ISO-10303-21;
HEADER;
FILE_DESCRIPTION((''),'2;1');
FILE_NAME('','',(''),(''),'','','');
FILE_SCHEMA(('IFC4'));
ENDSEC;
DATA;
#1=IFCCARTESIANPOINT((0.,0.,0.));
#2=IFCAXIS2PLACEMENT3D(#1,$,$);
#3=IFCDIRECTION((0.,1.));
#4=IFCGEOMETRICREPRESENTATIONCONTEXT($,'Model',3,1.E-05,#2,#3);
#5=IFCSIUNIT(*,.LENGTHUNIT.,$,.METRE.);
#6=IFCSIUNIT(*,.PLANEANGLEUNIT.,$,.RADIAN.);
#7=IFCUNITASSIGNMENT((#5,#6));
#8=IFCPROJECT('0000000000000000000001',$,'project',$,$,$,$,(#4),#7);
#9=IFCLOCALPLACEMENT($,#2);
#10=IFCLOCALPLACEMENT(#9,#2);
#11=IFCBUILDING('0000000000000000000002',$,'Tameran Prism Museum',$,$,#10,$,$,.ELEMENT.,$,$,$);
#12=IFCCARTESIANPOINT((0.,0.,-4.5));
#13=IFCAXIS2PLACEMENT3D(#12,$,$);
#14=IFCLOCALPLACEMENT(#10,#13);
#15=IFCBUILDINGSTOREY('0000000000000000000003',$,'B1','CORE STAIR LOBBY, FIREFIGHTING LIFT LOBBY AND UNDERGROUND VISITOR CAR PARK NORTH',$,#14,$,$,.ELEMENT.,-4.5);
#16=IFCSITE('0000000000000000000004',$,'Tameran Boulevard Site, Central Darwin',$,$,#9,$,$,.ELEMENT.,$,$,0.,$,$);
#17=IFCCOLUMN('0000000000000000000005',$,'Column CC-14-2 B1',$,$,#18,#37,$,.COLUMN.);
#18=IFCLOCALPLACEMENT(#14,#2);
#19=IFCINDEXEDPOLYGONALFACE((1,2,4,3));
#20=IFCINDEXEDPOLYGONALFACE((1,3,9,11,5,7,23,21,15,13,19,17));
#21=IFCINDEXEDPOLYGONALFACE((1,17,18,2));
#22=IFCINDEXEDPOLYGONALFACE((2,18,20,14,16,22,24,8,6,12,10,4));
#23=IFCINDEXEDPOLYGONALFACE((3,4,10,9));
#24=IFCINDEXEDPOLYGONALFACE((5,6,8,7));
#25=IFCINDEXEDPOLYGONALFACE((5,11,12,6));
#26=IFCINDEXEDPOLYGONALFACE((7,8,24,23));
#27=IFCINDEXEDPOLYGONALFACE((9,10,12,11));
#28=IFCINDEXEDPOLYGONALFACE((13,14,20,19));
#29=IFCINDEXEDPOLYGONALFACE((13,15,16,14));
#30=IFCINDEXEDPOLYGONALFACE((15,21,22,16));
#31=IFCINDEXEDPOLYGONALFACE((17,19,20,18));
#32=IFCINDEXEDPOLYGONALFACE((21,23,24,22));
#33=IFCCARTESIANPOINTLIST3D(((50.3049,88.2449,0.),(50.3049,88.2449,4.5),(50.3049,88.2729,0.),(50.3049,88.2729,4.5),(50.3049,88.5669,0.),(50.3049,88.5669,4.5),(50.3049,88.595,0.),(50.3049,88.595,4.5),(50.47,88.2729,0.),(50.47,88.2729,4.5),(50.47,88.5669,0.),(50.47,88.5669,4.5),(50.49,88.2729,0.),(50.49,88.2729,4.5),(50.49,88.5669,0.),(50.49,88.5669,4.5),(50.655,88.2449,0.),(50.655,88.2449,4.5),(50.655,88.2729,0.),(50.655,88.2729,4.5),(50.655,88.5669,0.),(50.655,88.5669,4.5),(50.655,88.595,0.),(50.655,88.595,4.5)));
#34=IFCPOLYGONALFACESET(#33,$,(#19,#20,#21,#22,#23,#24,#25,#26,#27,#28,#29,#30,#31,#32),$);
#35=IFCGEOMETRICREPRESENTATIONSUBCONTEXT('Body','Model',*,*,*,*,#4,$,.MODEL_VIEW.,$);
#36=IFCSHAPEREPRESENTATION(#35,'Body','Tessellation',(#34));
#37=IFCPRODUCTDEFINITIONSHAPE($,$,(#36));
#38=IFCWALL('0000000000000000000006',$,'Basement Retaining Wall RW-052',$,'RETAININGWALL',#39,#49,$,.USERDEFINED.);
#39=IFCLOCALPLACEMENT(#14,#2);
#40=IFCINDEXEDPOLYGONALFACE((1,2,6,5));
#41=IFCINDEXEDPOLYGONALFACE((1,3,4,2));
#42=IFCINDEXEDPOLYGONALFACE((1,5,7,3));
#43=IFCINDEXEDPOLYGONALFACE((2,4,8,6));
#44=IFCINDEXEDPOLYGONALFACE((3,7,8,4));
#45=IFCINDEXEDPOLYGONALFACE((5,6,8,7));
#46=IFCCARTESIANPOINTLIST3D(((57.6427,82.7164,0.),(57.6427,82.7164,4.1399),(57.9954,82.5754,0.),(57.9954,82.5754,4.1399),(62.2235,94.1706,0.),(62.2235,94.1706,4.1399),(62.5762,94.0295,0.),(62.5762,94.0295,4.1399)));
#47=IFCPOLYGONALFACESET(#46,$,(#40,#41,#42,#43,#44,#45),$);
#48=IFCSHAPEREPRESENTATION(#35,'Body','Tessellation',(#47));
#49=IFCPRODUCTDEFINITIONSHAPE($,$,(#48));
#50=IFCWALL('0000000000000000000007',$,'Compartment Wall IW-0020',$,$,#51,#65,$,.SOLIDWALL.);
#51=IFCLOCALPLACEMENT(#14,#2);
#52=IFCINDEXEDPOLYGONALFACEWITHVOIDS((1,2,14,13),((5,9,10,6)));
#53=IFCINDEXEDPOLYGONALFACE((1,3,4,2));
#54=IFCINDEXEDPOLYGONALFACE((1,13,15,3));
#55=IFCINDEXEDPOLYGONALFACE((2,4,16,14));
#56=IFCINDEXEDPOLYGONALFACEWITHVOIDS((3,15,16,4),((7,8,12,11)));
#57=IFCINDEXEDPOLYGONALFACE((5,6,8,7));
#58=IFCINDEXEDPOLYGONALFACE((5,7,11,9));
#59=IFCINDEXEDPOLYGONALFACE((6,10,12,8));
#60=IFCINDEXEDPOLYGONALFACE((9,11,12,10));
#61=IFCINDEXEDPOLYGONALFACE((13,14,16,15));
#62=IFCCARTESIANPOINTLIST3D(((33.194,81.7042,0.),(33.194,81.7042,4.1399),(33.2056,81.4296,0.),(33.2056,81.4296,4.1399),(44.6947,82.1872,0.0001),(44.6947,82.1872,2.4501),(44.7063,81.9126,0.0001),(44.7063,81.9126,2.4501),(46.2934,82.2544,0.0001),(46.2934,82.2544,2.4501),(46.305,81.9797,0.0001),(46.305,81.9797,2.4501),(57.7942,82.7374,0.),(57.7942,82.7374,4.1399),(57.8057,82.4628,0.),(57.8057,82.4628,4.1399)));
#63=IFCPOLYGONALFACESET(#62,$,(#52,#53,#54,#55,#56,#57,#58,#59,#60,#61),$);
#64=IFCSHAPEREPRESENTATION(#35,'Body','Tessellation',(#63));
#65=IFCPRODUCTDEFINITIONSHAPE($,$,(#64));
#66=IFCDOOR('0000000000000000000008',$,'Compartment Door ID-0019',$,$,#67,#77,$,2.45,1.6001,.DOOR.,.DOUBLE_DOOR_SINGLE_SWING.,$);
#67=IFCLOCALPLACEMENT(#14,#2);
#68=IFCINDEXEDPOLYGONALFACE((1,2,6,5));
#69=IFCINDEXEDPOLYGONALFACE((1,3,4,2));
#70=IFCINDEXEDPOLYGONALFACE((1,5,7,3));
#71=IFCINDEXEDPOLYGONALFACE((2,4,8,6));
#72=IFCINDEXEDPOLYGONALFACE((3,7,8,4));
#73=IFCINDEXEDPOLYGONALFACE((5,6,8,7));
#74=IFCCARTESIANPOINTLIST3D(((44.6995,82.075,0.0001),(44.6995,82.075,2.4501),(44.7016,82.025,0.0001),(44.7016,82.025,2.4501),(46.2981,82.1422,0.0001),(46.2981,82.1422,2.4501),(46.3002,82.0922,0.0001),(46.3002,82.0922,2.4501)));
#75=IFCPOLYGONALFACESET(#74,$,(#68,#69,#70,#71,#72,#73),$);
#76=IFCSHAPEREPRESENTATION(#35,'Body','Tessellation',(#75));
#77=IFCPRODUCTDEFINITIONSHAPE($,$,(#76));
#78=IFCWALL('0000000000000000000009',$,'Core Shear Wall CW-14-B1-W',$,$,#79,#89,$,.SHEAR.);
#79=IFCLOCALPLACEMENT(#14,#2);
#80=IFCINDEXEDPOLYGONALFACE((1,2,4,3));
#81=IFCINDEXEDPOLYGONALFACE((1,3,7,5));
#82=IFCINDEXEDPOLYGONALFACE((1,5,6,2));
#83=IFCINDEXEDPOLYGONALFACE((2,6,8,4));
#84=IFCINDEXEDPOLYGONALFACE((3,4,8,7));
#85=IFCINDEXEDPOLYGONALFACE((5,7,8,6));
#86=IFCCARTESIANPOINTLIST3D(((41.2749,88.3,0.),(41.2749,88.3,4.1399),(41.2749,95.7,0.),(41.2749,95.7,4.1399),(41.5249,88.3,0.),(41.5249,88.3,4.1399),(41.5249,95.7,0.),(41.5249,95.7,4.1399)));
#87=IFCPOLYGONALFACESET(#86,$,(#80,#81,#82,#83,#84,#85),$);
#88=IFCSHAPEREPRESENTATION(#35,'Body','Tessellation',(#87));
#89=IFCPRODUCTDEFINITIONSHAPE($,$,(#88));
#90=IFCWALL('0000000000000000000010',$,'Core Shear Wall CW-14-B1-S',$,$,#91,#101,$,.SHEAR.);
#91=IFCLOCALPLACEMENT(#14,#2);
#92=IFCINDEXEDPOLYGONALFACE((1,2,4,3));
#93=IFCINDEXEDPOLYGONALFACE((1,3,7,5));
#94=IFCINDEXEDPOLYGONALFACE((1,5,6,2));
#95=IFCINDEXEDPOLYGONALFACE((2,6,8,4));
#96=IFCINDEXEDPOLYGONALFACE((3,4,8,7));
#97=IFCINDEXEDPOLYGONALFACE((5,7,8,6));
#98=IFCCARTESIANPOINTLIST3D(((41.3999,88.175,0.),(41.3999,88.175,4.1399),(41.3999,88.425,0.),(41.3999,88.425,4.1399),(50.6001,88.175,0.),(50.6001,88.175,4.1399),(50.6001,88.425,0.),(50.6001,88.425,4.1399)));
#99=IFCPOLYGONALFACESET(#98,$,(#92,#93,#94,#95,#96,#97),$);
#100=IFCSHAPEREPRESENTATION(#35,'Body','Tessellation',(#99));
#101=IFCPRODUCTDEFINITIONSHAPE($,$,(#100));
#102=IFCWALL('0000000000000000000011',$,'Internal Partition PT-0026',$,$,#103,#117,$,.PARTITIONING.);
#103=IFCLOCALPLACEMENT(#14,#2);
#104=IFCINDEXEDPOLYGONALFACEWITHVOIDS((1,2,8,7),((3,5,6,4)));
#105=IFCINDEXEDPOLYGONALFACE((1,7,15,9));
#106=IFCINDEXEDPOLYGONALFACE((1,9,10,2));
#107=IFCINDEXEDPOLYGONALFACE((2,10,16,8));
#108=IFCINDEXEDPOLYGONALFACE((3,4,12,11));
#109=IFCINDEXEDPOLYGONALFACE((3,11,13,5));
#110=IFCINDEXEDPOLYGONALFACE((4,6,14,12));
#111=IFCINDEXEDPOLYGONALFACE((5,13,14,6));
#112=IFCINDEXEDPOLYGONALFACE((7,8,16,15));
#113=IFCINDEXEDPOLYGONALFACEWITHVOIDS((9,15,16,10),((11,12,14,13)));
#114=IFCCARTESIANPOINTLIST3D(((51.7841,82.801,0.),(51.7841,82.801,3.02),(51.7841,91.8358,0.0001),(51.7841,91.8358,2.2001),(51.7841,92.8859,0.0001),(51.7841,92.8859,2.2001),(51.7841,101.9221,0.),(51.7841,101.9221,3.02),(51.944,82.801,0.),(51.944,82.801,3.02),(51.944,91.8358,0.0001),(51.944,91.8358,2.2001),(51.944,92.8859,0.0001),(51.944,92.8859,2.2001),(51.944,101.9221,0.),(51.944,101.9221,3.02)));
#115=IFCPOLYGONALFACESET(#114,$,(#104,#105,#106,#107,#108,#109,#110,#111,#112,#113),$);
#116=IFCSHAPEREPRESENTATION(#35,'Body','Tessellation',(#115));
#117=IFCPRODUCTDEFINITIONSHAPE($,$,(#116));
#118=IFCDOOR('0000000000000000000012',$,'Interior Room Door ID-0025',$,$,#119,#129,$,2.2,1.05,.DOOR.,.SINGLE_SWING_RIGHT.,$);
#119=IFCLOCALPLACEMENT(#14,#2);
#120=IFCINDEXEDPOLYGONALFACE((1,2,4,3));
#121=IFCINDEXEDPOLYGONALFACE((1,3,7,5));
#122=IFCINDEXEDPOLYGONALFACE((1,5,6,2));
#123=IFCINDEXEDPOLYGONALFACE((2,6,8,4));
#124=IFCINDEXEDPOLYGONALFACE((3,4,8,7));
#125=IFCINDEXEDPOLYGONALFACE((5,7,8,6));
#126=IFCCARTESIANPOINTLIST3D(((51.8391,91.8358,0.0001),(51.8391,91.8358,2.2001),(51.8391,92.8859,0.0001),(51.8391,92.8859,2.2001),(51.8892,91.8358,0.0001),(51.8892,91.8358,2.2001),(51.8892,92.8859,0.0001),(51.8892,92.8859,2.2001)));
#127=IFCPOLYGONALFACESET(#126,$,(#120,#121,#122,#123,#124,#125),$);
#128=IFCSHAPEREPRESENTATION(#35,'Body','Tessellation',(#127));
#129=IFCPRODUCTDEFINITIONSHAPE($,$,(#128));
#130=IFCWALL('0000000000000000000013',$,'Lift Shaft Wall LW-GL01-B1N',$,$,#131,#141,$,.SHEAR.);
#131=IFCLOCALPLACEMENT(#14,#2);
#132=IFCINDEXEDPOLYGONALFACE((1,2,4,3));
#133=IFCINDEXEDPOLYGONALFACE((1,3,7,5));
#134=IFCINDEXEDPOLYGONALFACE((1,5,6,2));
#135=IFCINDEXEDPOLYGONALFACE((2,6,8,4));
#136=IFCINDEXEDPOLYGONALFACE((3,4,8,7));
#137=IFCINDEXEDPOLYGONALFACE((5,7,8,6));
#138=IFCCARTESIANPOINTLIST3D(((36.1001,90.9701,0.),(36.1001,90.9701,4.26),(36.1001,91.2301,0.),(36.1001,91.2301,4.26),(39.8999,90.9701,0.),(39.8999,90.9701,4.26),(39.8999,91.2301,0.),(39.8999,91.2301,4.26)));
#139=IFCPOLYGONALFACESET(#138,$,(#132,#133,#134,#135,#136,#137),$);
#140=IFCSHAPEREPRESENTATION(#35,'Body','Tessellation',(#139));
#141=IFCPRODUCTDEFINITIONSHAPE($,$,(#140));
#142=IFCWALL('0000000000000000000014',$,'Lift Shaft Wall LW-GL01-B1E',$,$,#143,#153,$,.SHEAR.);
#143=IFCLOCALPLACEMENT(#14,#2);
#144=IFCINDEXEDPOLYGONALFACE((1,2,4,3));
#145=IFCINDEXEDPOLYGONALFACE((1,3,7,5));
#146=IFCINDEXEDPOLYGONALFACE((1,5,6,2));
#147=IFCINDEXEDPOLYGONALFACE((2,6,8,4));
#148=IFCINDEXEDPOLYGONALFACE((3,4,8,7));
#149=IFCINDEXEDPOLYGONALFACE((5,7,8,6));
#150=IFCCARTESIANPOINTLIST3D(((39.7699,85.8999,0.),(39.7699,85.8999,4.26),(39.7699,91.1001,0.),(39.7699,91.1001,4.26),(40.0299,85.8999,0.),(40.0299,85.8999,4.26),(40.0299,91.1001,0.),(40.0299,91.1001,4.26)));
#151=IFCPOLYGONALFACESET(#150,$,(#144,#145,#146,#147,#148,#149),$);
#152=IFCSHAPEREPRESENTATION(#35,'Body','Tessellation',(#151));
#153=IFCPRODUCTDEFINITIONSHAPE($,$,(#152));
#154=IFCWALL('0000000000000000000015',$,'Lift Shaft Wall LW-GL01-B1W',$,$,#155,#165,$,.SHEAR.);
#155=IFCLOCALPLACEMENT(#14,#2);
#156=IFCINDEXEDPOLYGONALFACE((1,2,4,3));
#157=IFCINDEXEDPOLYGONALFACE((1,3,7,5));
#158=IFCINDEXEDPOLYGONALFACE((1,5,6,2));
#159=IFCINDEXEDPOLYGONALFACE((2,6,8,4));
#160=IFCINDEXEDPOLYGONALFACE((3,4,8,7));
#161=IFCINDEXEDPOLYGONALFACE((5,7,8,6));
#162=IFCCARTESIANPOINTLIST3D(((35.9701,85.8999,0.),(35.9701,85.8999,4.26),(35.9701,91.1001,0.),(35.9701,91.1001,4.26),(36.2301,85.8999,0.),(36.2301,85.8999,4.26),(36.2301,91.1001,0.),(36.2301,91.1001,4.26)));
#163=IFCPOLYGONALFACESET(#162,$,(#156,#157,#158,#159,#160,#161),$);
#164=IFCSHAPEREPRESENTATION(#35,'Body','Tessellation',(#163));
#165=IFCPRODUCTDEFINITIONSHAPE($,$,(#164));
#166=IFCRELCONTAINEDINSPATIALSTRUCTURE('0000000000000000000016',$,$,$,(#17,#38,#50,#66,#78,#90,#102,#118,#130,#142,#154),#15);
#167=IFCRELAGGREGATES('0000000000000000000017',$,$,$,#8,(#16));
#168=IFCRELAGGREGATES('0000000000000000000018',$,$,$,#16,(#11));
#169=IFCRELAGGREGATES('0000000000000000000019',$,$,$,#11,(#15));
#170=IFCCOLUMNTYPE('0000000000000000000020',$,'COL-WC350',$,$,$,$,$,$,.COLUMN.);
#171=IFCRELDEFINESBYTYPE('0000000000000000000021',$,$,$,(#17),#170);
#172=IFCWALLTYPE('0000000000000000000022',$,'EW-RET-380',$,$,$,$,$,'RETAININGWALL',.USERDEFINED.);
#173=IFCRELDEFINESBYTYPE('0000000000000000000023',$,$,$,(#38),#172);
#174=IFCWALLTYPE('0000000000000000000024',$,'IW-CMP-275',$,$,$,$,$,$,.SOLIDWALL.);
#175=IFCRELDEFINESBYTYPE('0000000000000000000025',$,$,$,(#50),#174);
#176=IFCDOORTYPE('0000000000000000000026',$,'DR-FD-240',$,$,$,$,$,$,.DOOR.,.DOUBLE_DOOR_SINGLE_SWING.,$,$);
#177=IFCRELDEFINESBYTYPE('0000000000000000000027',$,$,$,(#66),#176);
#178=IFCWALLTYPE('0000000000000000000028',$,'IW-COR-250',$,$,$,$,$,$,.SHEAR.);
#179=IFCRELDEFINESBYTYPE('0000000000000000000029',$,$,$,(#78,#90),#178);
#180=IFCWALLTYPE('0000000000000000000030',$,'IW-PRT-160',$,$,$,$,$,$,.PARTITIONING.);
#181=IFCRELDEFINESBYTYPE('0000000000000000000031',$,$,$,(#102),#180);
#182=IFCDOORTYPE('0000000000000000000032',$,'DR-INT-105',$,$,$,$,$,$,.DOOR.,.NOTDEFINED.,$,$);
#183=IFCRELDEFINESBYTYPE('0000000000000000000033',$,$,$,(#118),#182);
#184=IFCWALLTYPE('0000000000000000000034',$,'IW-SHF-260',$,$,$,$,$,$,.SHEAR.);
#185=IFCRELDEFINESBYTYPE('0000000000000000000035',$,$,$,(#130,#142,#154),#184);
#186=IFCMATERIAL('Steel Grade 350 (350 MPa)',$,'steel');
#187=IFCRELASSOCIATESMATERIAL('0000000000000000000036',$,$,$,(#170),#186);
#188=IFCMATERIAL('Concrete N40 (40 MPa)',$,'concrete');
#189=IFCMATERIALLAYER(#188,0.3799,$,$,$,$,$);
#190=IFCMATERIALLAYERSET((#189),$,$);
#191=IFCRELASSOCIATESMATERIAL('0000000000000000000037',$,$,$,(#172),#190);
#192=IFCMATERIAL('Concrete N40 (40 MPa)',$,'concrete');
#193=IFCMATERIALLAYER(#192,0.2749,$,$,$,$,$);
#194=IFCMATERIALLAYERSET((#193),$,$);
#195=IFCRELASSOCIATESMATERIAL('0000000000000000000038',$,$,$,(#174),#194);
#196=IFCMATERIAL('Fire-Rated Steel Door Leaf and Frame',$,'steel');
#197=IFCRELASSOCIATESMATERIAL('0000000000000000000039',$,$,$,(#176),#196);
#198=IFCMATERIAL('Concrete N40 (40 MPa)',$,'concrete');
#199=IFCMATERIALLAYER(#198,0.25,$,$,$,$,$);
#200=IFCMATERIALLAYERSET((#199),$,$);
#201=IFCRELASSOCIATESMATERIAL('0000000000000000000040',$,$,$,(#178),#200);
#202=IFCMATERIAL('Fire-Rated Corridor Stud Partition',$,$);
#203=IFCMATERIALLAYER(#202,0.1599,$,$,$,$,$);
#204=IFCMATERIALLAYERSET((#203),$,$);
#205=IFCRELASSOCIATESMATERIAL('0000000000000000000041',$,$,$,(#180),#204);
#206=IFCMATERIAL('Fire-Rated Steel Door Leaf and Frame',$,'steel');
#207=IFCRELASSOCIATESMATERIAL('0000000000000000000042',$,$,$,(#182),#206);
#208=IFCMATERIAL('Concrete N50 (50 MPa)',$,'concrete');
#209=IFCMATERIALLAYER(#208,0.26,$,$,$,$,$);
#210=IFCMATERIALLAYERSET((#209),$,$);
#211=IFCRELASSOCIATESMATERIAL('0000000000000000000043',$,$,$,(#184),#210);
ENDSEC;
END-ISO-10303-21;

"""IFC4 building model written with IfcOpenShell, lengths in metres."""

from ifc_helpers import new_model, si_unit, direction, frame, frame_2d, origin, origin_2d, place, context, subcontext, project, spatial, rectangle, i_section, extrude, material, layer, layer_set, material_profile, profile_set, type_object, element, fill, save


model = new_model("IFC4")

# Units and contexts
model_context = context("Model", 3, precision=1e-05, world=origin(), true_north=direction((0.0, 1.0)))
body_context = subcontext(model_context, "Body", "Model", "MODEL_VIEW")
ifc_project = project(units=[si_unit("LENGTHUNIT", "METRE"), si_unit("PLANEANGLEUNIT", "RADIAN")], contexts=[model_context])

# Site, building, storey
site_placement = place(None, origin())
site = spatial("IfcSite", under=ifc_project, at=site_placement, Name="Tameran Boulevard Site, Central Darwin", CompositionType="ELEMENT", RefElevation=0.0)
building_placement = place(site_placement, origin())
building = spatial("IfcBuilding", under=site, at=building_placement, Name="Tameran Prism Museum", CompositionType="ELEMENT")
storey_placement = place(building_placement, frame((0.0, 0.0, -4.5)))
storey = spatial("IfcBuildingStorey", under=building, at=storey_placement, Name="B1", Description="CORE STAIR LOBBY, FIREFIGHTING LIFT LOBBY AND UNDERGROUND VISITOR CAR PARK NORTH", CompositionType="ELEMENT", Elevation=-4.5)

# Column
ifc_material_1 = material(Name="Steel Grade 350 (350 MPa)", Category="steel")
ifc_material_profile_1 = material_profile(ifc_material_1, i_section(OverallWidth=0.3501, OverallDepth=0.3501, WebThickness=0.02, FlangeThickness=0.0281, at=origin_2d()))
ifc_profile_set_1 = profile_set([ifc_material_profile_1])
column_type_1 = type_object("IfcColumnType", Name="COL-WC350", PredefinedType="COLUMN", material=ifc_profile_set_1)
for number, where, z_axis, x_axis, name in (
    (1, (50.48, 88.4199, 0.0), (0.0, 0.0, 1.0), (1.0, 0.0, 0.0), "Column CC-14-2 B1"),
):
    element("IfcColumn", number, at=place(storey_placement, frame(where, z_axis=z_axis, x_axis=x_axis)), inside=storey, type_object=column_type_1, Name=name, PredefinedType="COLUMN", context=body_context, shape_type="SweptSolid", body=[
        extrude(i_section(OverallWidth=0.3501, OverallDepth=0.3501, WebThickness=0.02, FlangeThickness=0.0281, at=origin_2d()), origin(), (0.0, 0.0, 1.0), 4.5),
    ])

# Wall
ifc_material_2 = material(Name="Concrete N40 (40 MPa)", Category="concrete")
ifc_layer_1 = layer(ifc_material_2, 0.3799)
ifc_layer_set_1 = layer_set([ifc_layer_1])
wall_type_1 = type_object("IfcWallType", Name="EW-RET-380", ElementType="RETAININGWALL", PredefinedType="USERDEFINED", material=ifc_layer_set_1)
wall_1_placement = place(storey_placement, frame((57.8191, 82.646, 0.0), z_axis=(0.0, 0.0, 1.0), x_axis=(0.371333, 0.9285, 0.0)))
element("IfcWall", 2, at=wall_1_placement, inside=storey, type_object=wall_type_1, Name="Basement Retaining Wall RW-052", ObjectType="RETAININGWALL", PredefinedType="USERDEFINED", context=body_context, shape_type="SweptSolid", body=[
    extrude(rectangle(XDim=12.3362, YDim=0.3799, at=frame_2d((6.168, 0.0))), origin(), (0.0, 0.0, 1.0), 4.1399),
])

# Wall, opening, door
ifc_material_3 = material(Name="Concrete N40 (40 MPa)", Category="concrete")
ifc_layer_2 = layer(ifc_material_3, 0.2749)
ifc_layer_set_2 = layer_set([ifc_layer_2])
wall_type_2 = type_object("IfcWallType", Name="IW-CMP-275", PredefinedType="SOLIDWALL", material=ifc_layer_set_2)
wall_2_placement = place(storey_placement, frame((57.8, 82.6001, 0.0), z_axis=(0.0, 0.0, 1.0), x_axis=(-0.999119, -0.041963, 0.0)))
wall_2 = element("IfcWall", 3, at=wall_2_placement, inside=storey, type_object=wall_type_2, Name="Compartment Wall IW-0020", PredefinedType="SOLIDWALL", context=body_context, shape_type="SweptSolid", body=[
    extrude(rectangle(XDim=24.6218, YDim=0.2749, at=frame_2d((12.311, 0.0))), origin(), (0.0, 0.0, 1.0), 4.1399),
])
opening_1_placement = place(wall_2_placement, frame((11.511, 0.0, 0.0)))
opening_1 = element("IfcOpeningElement", 4, at=opening_1_placement, cuts=wall_2, PredefinedType="OPENING", context=body_context, shape_type="SweptSolid", body=[
    extrude(rectangle(XDim=1.6001, YDim=2.45, at=frame_2d((0.8, 1.2251))), frame((0.0, 0.1475, 0.0), z_axis=(0.0, -1.0, 0.0), x_axis=(1.0, 0.0, 0.0)), (0.0, 0.0, 1.0), 0.2949),
])
ifc_material_4 = material(Name="Fire-Rated Steel Door Leaf and Frame", Category="steel")
door_type_1 = type_object("IfcDoorType", Name="DR-FD-240", OperationType="DOUBLE_DOOR_SINGLE_SWING", PredefinedType="DOOR", material=ifc_material_4)
door_1_placement = place(opening_1_placement, origin())
door_1 = element("IfcDoor", 5, at=door_1_placement, inside=storey, type_object=door_type_1, Name="Compartment Door ID-0019", OperationType="DOUBLE_DOOR_SINGLE_SWING", OverallHeight=2.45, OverallWidth=1.6001, PredefinedType="DOOR", context=body_context, shape_type="SweptSolid", body=[
    extrude(rectangle(XDim=1.6001, YDim=2.45, at=frame_2d((0.8, 1.2251))), frame((0.0, 0.0249, 0.0), z_axis=(0.0, -1.0, 0.0), x_axis=(1.0, 0.0, 0.0)), (0.0, 0.0, 1.0), 0.05),
])
fill(opening_1, door_1)

# Walls
ifc_material_5 = material(Name="Concrete N40 (40 MPa)", Category="concrete")
ifc_layer_3 = layer(ifc_material_5, 0.25)
ifc_layer_set_3 = layer_set([ifc_layer_3])
wall_type_3 = type_object("IfcWallType", Name="IW-COR-250", PredefinedType="SHEAR", material=ifc_layer_set_3)
wall_3_placement = place(storey_placement, frame((41.3999, 88.3, 0.0), z_axis=(0.0, 0.0, 1.0), x_axis=(0.0, 1.0, 0.0)))
element("IfcWall", 6, at=wall_3_placement, inside=storey, type_object=wall_type_3, Name="Core Shear Wall CW-14-B1-W", PredefinedType="SHEAR", context=body_context, shape_type="SweptSolid", body=[
    extrude(rectangle(XDim=7.3999, YDim=0.25, at=frame_2d((3.7, 0.0))), origin(), (0.0, 0.0, 1.0), 4.1399),
])
wall_4_placement = place(storey_placement, frame((50.6001, 88.3, 0.0), z_axis=(0.0, 0.0, 1.0), x_axis=(-1.0, 0.0, 0.0)))
element("IfcWall", 7, at=wall_4_placement, inside=storey, type_object=wall_type_3, Name="Core Shear Wall CW-14-B1-S", PredefinedType="SHEAR", context=body_context, shape_type="SweptSolid", body=[
    extrude(rectangle(XDim=9.2002, YDim=0.25, at=frame_2d((4.6001, 0.0))), origin(), (0.0, 0.0, 1.0), 4.1399),
])

# Wall, opening, door
ifc_material_6 = material(Name="Fire-Rated Corridor Stud Partition")
ifc_layer_4 = layer(ifc_material_6, 0.1599)
ifc_layer_set_4 = layer_set([ifc_layer_4])
wall_type_4 = type_object("IfcWallType", Name="IW-PRT-160", PredefinedType="PARTITIONING", material=ifc_layer_set_4)
wall_5_placement = place(storey_placement, frame((51.864, 82.801, 0.0), z_axis=(0.0, 0.0, 1.0), x_axis=(0.0, 1.0, 0.0)))
wall_5 = element("IfcWall", 8, at=wall_5_placement, inside=storey, type_object=wall_type_4, Name="Internal Partition PT-0026", PredefinedType="PARTITIONING", context=body_context, shape_type="SweptSolid", body=[
    extrude(rectangle(XDim=19.1211, YDim=0.1599, at=frame_2d((9.5605, 0.0))), origin(), (0.0, 0.0, 1.0), 3.02),
])
opening_2_placement = place(wall_5_placement, frame((9.0349, 0.0, 0.0)))
opening_2 = element("IfcOpeningElement", 9, at=opening_2_placement, cuts=wall_5, PredefinedType="OPENING", context=body_context, shape_type="SweptSolid", body=[
    extrude(rectangle(XDim=1.05, YDim=2.2, at=frame_2d((0.5249, 1.1001))), frame((0.0, 0.0898, 0.0), z_axis=(0.0, -1.0, 0.0), x_axis=(1.0, 0.0, 0.0)), (0.0, 0.0, 1.0), 0.1799),
])
ifc_material_7 = material(Name="Fire-Rated Steel Door Leaf and Frame", Category="steel")
door_type_2 = type_object("IfcDoorType", Name="DR-INT-105", OperationType="NOTDEFINED", PredefinedType="DOOR", material=ifc_material_7)
door_2_placement = place(opening_2_placement, origin())
door_2 = element("IfcDoor", 10, at=door_2_placement, inside=storey, type_object=door_type_2, Name="Interior Room Door ID-0025", OperationType="SINGLE_SWING_RIGHT", OverallHeight=2.2, OverallWidth=1.05, PredefinedType="DOOR", context=body_context, shape_type="SweptSolid", body=[
    extrude(rectangle(XDim=1.05, YDim=2.2, at=frame_2d((0.5249, 1.1001))), frame((0.0, 0.0249, 0.0), z_axis=(0.0, -1.0, 0.0), x_axis=(1.0, 0.0, 0.0)), (0.0, 0.0, 1.0), 0.05),
])
fill(opening_2, door_2)

# Walls
ifc_material_8 = material(Name="Concrete N50 (50 MPa)", Category="concrete")
ifc_layer_5 = layer(ifc_material_8, 0.26)
ifc_layer_set_5 = layer_set([ifc_layer_5])
wall_type_5 = type_object("IfcWallType", Name="IW-SHF-260", PredefinedType="SHEAR", material=ifc_layer_set_5)
wall_6_placement = place(storey_placement, frame((36.1001, 91.1001, 0.0), z_axis=(0.0, 0.0, 1.0), x_axis=(1.0, 0.0, 0.0)))
element("IfcWall", 11, at=wall_6_placement, inside=storey, type_object=wall_type_5, Name="Lift Shaft Wall LW-GL01-B1N", PredefinedType="SHEAR", context=body_context, shape_type="SweptSolid", body=[
    extrude(rectangle(XDim=3.7998, YDim=0.26, at=frame_2d((1.8999, 0.0))), origin(), (0.0, 0.0, 1.0), 4.26),
])
for number, where, z_axis, x_axis, name in (
    (12, (39.8999, 91.1001, 0.0), (0.0, 0.0, 1.0), (0.0, -1.0, 0.0), "Lift Shaft Wall LW-GL01-B1E"),
    (13, (36.1001, 85.8999, 0.0), (0.0, 0.0, 1.0), (0.0, 1.0, 0.0), "Lift Shaft Wall LW-GL01-B1W"),
):
    element("IfcWall", number, at=place(storey_placement, frame(where, z_axis=z_axis, x_axis=x_axis)), inside=storey, type_object=wall_type_5, Name=name, PredefinedType="SHEAR", context=body_context, shape_type="SweptSolid", body=[
        extrude(rectangle(XDim=5.2002, YDim=0.26, at=frame_2d((2.6001, 0.0))), origin(), (0.0, 0.0, 1.0), 4.26),
    ])

save(model, "model.ifc")
